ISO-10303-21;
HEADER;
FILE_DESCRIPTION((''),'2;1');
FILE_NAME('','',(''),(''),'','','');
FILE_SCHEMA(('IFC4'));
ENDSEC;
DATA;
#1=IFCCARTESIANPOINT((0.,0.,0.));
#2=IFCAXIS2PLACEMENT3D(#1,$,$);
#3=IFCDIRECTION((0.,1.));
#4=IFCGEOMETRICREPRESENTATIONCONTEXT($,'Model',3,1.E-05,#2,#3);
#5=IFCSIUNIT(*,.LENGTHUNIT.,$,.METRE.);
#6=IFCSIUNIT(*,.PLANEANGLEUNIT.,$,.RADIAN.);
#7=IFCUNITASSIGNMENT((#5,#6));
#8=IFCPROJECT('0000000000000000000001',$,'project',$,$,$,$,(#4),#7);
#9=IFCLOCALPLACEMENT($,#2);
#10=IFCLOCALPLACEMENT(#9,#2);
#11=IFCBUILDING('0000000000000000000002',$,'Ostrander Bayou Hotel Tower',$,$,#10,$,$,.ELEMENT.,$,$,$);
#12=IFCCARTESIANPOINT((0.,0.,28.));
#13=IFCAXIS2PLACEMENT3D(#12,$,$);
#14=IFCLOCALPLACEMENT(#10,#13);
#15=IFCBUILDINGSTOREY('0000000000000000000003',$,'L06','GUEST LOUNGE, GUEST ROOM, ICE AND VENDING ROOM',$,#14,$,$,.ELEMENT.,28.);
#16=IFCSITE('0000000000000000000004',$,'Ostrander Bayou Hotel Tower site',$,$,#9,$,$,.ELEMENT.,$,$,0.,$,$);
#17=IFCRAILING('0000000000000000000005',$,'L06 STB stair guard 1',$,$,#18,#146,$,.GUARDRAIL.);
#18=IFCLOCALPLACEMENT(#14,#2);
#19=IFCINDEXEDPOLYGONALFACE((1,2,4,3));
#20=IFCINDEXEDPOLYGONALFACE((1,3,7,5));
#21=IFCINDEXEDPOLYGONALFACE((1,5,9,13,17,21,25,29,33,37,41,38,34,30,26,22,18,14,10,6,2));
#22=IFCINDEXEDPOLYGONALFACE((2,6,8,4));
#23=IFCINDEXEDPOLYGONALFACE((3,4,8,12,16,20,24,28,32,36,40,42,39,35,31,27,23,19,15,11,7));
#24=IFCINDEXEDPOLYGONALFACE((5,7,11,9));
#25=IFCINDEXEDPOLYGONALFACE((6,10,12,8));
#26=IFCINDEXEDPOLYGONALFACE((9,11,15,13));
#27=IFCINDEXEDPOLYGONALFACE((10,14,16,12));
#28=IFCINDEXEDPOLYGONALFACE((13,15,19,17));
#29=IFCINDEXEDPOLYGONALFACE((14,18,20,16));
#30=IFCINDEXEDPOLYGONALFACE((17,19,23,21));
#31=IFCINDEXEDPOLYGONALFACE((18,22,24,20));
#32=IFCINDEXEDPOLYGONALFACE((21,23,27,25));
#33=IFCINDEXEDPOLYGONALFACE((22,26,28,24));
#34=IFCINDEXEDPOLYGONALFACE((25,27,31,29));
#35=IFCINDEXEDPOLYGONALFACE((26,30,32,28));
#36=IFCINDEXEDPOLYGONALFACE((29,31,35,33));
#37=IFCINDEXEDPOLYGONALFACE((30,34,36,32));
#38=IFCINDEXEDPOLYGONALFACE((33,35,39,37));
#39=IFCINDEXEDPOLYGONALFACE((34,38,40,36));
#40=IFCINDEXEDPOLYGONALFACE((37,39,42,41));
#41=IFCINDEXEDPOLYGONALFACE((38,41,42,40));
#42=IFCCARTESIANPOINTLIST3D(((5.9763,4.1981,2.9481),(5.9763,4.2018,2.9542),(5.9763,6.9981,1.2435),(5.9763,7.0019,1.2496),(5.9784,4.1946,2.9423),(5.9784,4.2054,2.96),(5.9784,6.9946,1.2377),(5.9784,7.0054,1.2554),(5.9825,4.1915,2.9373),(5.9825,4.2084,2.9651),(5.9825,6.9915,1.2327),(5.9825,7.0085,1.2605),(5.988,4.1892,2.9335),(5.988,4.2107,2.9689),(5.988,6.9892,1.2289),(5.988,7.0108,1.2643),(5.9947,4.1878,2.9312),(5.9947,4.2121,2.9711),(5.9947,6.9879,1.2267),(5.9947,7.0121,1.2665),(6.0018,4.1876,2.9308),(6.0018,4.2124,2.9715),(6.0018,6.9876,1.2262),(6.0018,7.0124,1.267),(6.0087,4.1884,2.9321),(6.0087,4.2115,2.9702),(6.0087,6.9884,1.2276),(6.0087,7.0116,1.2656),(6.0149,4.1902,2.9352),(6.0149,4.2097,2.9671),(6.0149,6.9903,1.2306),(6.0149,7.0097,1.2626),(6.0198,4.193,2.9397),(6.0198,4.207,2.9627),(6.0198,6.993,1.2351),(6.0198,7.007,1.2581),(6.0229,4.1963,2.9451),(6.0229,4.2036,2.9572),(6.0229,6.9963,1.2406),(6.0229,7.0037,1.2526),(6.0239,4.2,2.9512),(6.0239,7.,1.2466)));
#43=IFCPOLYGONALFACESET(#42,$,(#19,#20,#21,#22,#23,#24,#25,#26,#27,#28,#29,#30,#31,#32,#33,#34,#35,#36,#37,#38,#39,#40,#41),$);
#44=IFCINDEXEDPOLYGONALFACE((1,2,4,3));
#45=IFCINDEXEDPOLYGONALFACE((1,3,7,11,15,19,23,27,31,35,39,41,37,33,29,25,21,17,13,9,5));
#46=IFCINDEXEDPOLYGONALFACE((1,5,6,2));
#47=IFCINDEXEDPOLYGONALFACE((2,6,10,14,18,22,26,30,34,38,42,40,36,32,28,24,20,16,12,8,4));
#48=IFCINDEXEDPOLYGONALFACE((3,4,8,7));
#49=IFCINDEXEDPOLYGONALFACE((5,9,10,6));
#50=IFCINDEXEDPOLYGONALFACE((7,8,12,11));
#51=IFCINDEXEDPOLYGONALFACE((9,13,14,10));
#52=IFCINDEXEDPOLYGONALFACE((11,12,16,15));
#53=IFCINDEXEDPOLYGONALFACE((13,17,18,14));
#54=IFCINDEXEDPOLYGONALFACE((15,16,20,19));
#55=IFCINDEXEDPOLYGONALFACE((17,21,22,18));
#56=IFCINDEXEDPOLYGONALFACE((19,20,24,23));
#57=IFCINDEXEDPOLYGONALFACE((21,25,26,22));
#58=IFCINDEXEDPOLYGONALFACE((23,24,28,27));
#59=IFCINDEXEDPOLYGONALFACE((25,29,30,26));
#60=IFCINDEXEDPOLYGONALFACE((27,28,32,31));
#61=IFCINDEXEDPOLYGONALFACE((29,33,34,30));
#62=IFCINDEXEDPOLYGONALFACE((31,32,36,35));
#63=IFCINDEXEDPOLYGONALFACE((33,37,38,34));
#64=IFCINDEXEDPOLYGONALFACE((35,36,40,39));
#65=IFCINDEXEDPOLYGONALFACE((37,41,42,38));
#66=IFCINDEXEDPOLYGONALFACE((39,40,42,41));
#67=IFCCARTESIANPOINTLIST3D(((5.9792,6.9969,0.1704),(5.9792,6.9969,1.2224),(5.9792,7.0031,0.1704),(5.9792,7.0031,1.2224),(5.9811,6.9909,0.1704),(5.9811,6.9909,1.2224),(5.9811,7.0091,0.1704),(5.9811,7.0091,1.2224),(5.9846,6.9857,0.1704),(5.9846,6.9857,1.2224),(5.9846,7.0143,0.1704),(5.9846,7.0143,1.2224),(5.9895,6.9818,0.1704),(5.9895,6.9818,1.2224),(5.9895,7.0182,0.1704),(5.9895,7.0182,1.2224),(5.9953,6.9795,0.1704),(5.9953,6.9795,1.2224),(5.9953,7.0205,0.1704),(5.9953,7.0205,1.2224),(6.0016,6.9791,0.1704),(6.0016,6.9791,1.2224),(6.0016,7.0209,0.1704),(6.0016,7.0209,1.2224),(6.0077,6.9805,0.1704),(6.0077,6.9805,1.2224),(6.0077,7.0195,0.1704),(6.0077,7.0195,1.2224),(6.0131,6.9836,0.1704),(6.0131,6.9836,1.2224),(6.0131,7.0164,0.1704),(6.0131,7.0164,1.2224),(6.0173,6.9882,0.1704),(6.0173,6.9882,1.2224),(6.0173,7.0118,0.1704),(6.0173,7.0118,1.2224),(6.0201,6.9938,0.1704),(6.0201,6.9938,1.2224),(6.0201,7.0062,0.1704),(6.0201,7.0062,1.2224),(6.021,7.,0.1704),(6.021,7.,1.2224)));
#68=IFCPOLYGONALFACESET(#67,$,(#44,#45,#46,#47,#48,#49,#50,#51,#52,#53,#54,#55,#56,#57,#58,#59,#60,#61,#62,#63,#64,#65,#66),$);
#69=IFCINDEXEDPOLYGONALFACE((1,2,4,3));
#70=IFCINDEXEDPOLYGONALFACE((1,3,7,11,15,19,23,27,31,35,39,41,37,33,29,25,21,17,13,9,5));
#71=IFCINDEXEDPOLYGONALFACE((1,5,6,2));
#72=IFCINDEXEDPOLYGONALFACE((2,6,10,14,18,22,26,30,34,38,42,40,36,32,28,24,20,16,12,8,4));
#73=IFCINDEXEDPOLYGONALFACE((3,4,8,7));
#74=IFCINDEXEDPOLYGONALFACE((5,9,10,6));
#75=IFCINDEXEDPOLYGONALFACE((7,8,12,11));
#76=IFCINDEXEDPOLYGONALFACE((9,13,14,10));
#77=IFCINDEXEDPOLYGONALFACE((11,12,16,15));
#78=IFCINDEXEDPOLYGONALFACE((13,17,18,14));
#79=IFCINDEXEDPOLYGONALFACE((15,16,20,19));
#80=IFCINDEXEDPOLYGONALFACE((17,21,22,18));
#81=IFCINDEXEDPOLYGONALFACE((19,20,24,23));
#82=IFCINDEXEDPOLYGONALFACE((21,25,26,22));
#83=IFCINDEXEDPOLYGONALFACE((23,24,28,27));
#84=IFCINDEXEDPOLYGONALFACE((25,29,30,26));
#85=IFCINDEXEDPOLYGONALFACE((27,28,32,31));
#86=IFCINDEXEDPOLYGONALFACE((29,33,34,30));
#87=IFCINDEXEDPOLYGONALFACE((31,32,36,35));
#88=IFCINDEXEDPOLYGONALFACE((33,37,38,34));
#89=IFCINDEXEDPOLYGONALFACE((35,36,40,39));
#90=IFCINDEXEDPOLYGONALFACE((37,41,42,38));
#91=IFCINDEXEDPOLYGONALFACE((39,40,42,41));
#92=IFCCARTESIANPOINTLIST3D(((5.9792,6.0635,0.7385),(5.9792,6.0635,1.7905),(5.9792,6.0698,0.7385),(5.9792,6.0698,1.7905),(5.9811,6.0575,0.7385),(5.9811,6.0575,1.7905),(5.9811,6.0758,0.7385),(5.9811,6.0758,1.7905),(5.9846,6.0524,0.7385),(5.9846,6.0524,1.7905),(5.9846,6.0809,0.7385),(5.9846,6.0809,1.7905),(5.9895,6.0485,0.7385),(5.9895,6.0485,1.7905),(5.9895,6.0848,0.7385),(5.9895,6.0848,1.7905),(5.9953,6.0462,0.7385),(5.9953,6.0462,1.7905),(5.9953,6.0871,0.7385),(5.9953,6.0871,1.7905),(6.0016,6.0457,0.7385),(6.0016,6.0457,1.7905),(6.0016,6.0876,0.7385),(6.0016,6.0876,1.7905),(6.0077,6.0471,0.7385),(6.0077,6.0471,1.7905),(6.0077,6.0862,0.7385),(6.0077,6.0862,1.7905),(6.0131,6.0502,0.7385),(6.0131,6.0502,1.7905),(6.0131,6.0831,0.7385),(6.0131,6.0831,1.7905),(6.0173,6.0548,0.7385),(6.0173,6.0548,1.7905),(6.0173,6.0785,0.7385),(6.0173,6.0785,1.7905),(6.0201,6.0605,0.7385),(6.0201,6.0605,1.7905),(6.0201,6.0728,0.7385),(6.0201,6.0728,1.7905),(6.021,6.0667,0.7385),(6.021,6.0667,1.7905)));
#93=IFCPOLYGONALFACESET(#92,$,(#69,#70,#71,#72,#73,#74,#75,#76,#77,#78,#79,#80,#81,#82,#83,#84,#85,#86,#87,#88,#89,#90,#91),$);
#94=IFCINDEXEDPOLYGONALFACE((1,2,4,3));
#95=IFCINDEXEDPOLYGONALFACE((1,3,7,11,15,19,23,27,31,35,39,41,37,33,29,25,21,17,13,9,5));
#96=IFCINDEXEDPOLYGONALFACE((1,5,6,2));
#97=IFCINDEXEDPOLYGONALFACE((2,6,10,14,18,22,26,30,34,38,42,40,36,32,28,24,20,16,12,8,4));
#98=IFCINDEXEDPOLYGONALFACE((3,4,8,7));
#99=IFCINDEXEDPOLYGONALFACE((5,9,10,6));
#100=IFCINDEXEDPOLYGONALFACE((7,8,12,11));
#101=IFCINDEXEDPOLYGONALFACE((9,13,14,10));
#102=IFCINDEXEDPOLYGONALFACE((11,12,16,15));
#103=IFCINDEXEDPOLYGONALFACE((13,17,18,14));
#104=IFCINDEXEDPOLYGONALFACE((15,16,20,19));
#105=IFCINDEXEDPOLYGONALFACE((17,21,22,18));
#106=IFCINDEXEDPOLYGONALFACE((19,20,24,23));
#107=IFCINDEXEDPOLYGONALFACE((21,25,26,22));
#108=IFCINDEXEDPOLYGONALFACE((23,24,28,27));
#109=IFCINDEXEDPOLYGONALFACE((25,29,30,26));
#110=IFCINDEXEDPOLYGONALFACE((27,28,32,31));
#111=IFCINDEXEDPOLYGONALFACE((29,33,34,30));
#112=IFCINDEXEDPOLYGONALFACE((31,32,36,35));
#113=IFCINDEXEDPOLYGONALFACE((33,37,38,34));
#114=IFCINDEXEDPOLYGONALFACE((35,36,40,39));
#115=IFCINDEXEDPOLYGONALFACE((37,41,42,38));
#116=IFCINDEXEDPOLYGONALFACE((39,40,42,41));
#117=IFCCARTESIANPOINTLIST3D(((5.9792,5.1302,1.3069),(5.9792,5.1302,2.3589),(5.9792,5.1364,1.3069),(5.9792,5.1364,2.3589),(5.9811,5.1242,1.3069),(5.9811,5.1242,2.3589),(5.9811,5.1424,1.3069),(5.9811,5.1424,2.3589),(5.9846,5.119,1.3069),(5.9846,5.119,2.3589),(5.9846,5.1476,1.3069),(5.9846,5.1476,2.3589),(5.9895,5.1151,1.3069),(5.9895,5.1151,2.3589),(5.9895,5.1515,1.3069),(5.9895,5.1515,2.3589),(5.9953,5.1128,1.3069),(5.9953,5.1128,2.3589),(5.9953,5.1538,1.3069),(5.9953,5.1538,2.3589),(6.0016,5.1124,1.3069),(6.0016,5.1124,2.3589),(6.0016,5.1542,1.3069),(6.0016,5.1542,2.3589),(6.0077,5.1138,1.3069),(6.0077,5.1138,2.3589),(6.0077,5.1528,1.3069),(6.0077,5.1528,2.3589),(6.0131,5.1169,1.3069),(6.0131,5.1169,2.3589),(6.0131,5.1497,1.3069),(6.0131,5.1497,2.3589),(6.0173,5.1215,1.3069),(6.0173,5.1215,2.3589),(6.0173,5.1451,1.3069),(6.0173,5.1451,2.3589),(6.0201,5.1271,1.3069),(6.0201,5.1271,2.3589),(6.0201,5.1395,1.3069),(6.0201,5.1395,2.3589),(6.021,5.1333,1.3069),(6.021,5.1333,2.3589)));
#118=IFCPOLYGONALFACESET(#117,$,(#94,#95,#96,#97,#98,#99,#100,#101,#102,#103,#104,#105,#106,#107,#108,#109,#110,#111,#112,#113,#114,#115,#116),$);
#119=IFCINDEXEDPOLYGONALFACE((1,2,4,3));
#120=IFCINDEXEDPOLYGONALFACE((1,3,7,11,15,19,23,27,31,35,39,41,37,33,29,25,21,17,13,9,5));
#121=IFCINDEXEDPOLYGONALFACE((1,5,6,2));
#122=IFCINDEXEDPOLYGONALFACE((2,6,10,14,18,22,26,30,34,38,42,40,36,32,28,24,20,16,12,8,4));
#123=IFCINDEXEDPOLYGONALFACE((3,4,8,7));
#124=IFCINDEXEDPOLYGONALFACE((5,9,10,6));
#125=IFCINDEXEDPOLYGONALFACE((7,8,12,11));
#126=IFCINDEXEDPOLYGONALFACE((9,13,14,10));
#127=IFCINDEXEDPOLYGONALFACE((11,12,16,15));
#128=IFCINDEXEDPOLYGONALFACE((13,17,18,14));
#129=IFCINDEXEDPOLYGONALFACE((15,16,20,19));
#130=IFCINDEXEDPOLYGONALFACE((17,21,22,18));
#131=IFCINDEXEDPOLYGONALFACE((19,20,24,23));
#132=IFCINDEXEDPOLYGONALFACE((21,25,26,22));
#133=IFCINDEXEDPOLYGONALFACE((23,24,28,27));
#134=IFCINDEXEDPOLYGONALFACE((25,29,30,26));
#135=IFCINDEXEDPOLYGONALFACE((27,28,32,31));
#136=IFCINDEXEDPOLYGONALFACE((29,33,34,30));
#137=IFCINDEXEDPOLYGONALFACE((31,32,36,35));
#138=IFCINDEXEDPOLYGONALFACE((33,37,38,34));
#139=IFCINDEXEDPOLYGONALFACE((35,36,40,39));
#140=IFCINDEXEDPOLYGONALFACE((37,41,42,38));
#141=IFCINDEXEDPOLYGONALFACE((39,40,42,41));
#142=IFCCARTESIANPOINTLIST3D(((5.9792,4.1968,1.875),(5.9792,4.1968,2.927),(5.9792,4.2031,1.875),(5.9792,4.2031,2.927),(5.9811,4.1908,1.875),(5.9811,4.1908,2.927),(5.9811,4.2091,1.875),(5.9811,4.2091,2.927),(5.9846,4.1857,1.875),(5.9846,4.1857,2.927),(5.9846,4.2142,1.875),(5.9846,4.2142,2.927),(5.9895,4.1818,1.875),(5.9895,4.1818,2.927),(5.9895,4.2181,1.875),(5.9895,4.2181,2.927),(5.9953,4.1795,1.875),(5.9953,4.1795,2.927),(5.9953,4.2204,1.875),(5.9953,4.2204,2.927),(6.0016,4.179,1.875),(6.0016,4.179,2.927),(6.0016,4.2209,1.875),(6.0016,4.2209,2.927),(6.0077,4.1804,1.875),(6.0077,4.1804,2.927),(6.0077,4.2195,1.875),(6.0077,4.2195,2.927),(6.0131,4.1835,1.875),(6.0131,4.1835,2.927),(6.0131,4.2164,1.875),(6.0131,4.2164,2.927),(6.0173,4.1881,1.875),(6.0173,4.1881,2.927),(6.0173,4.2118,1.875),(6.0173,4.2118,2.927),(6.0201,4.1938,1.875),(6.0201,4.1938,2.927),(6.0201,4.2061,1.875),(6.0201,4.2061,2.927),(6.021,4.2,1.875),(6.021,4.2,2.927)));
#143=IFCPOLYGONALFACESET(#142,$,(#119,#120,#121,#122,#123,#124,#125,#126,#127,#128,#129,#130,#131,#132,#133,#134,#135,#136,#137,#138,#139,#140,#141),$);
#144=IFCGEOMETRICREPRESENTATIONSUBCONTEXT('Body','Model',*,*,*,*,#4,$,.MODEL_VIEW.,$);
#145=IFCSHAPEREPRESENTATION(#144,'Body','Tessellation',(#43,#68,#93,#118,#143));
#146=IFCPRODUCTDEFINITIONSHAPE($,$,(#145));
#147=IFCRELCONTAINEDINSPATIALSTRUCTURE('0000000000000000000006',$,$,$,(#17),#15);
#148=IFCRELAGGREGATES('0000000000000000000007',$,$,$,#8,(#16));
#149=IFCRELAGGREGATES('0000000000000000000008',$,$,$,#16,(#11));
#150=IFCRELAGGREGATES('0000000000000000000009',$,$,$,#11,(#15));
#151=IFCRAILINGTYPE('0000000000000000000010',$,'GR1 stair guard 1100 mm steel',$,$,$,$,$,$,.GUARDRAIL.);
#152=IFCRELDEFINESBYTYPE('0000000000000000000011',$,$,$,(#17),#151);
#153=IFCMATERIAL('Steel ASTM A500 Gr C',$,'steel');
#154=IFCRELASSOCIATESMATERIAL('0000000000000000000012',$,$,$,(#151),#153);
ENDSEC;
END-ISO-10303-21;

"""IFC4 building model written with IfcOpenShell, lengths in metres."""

from ifc_helpers import new_model, si_unit, direction, frame, origin, origin_2d, place, context, subcontext, project, spatial, circle, extrude, material, type_object, element, save


model = new_model("IFC4")

# Units and contexts
model_context = context("Model", 3, precision=1e-05, world=origin(), true_north=direction((0.0, 1.0)))
body_context = subcontext(model_context, "Body", "Model", "MODEL_VIEW")
ifc_project = project(units=[si_unit("LENGTHUNIT", "METRE"), si_unit("PLANEANGLEUNIT", "RADIAN")], contexts=[model_context])

# Site, building, storey
site_placement = place(None, origin())
site = spatial("IfcSite", under=ifc_project, at=site_placement, Name="Ostrander Bayou Hotel Tower site", CompositionType="ELEMENT", RefElevation=0.0)
building_placement = place(site_placement, origin())
building = spatial("IfcBuilding", under=site, at=building_placement, Name="Ostrander Bayou Hotel Tower", CompositionType="ELEMENT")
storey_placement = place(building_placement, frame((0.0, 0.0, 28.0)))
storey = spatial("IfcBuildingStorey", under=building, at=storey_placement, Name="L06", Description="GUEST LOUNGE, GUEST ROOM, ICE AND VENDING ROOM", CompositionType="ELEMENT", Elevation=28.0)

# Railing
ifc_material_1 = material(Name="Steel ASTM A500 Gr C", Category="steel")
railing_type_1 = type_object("IfcRailingType", Name="GR1 stair guard 1100 mm steel", PredefinedType="GUARDRAIL", material=ifc_material_1)
railing_1_placement = place(storey_placement, frame((6.0, 7.0, 0.1704)))
element("IfcRailing", 1, at=railing_1_placement, inside=storey, type_object=railing_type_1, Name="L06 STB stair guard 1", PredefinedType="GUARDRAIL", context=body_context, shape_type="SweptSolid", body=[
    extrude(circle(Radius=0.0239, at=origin_2d()), frame((0.0, 0.0, 1.0762), z_axis=(0.0, -0.85417, 0.519994), x_axis=(1.0, 0.0, 0.0)), (0.0, 0.0, 1.0), 3.2781),
    extrude(circle(Radius=0.021, at=origin_2d()), origin(), (0.0, 0.0, 1.0), 1.052),
    extrude(circle(Radius=0.021, at=origin_2d()), frame((0.0, -0.9333, 0.5681)), (0.0, 0.0, 1.0), 1.052),
    extrude(circle(Radius=0.021, at=origin_2d()), frame((0.0, -1.8667, 1.1365)), (0.0, 0.0, 1.0), 1.052),
    extrude(circle(Radius=0.021, at=origin_2d()), frame((0.0, -2.8, 1.7046)), (0.0, 0.0, 1.0), 1.052),
])

save(model, "model.ifc")
